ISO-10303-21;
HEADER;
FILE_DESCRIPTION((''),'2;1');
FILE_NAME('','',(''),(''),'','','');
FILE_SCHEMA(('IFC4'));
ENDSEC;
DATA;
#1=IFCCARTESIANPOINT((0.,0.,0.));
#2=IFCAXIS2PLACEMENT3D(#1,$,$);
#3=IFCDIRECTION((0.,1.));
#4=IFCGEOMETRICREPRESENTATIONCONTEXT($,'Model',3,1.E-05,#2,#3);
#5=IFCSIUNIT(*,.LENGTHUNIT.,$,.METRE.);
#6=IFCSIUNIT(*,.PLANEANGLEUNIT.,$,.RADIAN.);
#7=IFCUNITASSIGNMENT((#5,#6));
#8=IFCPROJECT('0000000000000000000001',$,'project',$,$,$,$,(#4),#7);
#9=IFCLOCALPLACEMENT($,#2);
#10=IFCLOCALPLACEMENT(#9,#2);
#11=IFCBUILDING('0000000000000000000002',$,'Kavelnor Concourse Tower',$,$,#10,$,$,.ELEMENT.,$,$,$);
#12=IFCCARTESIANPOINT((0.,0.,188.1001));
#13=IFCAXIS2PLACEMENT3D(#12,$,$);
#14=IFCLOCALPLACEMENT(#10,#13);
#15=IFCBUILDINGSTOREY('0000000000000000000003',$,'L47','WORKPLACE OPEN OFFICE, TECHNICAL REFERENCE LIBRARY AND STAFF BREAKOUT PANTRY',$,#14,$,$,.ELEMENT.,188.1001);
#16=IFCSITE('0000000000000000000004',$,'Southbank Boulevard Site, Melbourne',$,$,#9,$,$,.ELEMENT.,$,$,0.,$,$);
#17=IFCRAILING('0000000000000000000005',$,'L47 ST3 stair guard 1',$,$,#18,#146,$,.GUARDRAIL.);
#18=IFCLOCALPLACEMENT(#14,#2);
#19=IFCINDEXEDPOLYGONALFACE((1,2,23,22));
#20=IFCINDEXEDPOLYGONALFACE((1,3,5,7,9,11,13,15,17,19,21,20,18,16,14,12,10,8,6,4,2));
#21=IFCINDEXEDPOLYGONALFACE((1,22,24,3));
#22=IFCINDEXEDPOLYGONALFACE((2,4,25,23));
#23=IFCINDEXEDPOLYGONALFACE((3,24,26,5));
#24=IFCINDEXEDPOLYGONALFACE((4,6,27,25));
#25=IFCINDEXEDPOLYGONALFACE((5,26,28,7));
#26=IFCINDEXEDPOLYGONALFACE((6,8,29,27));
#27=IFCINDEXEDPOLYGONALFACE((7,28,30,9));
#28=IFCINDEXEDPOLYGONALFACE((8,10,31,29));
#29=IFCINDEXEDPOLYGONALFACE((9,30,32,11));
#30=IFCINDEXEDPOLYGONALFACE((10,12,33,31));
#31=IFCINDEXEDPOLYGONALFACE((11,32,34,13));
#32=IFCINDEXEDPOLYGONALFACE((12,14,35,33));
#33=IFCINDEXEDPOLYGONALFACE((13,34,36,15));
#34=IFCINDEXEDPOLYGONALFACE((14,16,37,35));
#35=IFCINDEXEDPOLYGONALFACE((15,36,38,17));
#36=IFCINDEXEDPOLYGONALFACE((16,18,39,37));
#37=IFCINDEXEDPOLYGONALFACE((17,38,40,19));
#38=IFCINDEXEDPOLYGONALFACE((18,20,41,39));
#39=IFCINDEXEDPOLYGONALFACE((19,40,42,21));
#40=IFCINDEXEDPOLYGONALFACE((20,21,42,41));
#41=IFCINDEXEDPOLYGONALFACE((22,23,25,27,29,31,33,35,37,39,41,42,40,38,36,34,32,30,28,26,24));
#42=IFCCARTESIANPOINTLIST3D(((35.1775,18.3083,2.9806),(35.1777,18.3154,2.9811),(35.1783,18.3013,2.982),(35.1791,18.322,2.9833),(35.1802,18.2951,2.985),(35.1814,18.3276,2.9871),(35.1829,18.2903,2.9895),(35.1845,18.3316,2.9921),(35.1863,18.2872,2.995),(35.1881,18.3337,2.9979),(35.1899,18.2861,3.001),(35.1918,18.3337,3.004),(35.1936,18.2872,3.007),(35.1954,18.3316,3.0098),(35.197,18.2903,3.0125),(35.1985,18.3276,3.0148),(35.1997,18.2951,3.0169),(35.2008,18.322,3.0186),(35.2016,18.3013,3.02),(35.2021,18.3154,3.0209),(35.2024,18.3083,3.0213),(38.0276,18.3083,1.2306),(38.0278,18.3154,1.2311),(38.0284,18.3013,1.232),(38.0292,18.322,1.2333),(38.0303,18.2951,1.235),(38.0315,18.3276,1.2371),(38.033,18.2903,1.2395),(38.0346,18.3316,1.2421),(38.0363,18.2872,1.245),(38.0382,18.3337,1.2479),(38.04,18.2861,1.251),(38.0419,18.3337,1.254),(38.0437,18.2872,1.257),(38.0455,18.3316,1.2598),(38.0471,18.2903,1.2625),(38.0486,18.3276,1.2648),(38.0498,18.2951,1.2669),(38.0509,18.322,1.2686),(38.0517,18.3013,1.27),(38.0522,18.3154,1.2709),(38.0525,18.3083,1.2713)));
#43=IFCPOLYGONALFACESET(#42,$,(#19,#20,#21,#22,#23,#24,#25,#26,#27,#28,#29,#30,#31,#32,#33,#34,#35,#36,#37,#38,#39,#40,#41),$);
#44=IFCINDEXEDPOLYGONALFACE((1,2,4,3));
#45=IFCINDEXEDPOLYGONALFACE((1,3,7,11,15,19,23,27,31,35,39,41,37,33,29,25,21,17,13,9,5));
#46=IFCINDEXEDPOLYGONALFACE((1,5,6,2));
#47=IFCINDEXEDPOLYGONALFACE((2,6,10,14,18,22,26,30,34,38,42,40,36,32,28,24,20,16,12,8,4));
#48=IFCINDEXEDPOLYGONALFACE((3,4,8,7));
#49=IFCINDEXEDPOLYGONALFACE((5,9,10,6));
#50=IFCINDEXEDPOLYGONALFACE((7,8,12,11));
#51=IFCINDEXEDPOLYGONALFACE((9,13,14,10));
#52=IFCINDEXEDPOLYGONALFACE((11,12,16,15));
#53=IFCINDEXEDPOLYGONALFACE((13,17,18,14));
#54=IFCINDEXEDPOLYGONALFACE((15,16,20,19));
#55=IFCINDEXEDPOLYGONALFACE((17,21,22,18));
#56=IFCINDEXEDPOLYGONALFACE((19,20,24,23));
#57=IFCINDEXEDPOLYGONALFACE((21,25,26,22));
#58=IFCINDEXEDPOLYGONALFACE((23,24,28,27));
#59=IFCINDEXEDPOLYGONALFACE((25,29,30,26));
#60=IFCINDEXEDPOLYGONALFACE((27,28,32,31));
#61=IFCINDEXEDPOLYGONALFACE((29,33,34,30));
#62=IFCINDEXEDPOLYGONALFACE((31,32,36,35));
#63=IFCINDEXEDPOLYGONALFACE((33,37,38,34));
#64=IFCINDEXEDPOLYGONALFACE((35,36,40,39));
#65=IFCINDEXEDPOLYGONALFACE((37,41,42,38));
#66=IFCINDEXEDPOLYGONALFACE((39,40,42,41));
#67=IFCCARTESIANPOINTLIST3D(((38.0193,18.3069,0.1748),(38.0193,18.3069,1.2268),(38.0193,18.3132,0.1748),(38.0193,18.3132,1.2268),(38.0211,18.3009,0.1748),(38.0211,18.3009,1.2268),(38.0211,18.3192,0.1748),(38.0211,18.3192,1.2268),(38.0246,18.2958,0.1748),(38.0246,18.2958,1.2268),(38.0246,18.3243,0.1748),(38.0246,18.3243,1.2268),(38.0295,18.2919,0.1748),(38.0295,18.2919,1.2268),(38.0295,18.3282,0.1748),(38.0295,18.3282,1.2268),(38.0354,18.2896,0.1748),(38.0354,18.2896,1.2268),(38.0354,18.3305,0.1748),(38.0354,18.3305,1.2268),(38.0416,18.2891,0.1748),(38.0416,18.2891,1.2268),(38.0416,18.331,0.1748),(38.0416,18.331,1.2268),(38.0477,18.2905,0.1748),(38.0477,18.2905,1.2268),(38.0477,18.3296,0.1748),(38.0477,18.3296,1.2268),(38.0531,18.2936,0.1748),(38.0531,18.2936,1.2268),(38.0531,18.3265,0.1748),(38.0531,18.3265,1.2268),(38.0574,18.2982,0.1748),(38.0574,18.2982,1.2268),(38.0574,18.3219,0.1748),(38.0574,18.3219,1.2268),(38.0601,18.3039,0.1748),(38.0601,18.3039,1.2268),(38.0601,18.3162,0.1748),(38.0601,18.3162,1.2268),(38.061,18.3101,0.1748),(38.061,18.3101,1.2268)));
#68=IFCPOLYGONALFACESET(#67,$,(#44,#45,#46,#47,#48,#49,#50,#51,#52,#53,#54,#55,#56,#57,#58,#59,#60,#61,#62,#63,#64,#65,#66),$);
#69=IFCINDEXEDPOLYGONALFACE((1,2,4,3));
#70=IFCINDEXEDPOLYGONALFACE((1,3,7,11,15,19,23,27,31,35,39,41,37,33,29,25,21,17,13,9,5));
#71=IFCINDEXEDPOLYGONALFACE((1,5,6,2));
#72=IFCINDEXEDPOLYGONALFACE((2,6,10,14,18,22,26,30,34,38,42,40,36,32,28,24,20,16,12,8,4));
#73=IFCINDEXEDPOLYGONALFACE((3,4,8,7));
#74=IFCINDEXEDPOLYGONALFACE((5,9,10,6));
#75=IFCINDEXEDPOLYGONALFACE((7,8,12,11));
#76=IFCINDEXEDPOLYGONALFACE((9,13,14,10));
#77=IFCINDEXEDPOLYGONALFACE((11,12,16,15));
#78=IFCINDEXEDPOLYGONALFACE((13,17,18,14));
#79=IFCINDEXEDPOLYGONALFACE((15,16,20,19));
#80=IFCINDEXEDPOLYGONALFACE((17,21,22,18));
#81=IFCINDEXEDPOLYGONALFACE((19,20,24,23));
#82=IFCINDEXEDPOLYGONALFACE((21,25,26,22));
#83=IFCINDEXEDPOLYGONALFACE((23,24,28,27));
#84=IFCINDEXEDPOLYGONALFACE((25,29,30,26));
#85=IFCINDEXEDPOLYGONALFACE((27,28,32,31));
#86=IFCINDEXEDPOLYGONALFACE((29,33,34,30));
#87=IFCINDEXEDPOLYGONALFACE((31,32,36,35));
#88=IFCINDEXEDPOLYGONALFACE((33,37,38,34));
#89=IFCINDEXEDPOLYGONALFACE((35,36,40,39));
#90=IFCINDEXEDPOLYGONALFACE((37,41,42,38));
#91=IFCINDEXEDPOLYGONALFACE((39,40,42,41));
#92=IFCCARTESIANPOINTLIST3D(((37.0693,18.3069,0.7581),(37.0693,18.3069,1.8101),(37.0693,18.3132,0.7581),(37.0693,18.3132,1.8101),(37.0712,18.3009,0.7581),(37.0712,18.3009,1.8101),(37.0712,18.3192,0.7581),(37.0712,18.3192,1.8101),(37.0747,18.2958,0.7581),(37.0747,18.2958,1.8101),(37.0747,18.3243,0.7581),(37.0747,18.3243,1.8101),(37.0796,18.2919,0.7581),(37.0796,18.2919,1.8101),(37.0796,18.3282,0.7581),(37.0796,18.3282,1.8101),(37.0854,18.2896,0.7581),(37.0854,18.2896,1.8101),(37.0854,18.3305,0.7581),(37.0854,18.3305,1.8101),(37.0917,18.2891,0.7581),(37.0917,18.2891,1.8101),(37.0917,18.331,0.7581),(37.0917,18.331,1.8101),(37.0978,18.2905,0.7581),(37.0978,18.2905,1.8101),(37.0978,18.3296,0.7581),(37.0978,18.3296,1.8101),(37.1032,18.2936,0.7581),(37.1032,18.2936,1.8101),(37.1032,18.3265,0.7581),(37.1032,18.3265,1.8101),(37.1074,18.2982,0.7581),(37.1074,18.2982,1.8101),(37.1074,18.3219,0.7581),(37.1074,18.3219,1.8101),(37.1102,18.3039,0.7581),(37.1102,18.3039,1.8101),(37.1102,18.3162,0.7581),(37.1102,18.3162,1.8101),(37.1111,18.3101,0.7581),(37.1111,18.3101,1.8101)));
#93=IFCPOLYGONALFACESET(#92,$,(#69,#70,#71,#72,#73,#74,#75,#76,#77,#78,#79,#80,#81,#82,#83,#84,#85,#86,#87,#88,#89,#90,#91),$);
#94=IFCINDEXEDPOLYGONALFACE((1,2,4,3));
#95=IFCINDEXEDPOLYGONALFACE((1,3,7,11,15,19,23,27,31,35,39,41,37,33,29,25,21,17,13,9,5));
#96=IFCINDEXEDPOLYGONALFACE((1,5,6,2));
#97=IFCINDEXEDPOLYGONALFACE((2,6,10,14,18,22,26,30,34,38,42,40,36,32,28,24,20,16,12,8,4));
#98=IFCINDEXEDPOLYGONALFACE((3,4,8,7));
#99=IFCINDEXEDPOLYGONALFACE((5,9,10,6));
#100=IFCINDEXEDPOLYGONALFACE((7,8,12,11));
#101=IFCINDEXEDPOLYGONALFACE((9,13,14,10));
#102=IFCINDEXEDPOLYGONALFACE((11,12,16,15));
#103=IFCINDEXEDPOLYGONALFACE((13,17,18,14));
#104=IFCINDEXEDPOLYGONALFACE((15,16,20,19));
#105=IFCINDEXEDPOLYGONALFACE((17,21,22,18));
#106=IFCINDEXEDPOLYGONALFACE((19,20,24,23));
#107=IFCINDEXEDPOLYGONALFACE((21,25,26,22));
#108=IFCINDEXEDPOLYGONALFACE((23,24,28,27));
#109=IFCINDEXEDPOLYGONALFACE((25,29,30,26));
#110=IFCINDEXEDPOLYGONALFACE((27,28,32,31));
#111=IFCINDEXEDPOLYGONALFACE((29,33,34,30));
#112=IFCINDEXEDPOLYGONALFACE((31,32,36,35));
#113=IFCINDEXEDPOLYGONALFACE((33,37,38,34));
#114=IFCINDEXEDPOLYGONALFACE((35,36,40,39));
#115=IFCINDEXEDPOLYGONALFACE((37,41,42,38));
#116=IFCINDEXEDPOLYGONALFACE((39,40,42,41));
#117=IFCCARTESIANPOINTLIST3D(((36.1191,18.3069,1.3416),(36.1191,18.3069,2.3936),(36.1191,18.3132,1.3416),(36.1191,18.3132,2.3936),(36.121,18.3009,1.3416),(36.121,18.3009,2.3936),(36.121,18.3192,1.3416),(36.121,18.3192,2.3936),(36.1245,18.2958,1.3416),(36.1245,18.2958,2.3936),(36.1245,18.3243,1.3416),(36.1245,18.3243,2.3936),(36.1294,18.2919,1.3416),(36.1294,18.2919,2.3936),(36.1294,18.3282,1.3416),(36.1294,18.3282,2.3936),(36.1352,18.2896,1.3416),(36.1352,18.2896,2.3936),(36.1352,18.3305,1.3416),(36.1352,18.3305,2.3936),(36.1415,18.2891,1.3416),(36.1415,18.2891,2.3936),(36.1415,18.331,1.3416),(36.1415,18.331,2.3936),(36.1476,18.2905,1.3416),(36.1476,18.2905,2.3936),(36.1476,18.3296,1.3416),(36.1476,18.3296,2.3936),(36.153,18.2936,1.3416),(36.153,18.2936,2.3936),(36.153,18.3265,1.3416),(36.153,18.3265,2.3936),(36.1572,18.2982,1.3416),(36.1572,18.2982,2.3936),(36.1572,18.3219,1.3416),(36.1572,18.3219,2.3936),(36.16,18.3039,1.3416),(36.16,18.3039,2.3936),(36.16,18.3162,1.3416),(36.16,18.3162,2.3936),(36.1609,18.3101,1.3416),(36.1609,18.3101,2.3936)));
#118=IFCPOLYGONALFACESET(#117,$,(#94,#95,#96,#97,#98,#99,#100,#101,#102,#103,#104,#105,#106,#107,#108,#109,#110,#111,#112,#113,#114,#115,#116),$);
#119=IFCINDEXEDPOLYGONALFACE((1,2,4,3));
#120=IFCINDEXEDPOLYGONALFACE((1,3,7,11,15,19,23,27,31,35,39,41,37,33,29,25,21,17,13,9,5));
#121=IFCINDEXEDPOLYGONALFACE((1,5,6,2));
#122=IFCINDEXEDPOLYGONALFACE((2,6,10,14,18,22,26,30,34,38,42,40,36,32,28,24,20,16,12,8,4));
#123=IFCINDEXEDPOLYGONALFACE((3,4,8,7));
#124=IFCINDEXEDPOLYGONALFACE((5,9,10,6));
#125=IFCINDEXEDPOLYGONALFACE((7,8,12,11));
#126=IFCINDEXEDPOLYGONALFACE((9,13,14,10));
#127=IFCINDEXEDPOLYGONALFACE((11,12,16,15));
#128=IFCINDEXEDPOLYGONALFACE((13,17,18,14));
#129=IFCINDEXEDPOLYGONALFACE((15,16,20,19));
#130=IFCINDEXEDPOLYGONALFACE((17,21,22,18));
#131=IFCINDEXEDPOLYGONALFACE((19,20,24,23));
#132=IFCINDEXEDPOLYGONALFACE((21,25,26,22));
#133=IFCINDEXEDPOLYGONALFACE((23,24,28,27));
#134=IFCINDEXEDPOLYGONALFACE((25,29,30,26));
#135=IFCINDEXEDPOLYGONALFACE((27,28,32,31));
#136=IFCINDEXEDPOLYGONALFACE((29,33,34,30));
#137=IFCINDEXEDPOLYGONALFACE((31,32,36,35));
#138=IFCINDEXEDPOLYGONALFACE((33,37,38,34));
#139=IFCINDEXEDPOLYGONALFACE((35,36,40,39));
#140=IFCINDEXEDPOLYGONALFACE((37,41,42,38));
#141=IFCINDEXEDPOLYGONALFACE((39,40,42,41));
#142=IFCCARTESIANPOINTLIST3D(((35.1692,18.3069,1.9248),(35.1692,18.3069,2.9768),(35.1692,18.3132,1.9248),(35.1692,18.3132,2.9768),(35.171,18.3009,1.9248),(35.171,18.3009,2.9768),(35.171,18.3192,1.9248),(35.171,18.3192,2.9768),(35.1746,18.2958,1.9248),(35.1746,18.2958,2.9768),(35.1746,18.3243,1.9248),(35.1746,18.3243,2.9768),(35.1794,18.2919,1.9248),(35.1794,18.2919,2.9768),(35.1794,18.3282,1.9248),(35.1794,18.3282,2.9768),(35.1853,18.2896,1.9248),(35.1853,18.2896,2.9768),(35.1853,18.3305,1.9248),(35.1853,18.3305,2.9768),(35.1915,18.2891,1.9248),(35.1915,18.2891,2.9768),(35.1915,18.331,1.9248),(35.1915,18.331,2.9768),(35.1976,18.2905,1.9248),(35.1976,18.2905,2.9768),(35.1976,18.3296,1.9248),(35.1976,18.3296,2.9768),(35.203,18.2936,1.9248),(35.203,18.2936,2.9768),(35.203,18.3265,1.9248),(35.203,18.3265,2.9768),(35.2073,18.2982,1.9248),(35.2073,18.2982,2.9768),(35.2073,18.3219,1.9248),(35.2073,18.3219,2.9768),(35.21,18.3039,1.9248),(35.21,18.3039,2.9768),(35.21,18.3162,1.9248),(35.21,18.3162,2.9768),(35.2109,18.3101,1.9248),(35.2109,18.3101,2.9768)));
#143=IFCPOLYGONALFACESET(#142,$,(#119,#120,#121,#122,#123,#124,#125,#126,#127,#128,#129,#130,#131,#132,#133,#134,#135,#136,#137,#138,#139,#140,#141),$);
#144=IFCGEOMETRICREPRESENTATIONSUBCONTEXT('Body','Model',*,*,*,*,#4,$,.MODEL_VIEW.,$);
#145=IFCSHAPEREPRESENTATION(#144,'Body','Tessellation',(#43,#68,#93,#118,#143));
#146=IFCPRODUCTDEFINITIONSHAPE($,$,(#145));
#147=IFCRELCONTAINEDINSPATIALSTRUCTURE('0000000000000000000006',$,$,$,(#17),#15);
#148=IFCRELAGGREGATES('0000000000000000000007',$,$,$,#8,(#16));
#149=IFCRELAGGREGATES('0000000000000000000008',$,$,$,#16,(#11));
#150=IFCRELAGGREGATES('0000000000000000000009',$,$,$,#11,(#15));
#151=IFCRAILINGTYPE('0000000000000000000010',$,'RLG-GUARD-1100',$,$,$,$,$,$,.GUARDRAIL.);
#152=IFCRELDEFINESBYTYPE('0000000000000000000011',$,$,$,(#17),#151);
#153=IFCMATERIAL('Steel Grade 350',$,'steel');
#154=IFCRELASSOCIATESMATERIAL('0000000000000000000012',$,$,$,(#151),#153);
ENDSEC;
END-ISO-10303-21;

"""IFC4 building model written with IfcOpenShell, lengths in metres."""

from ifc_helpers import new_model, si_unit, direction, frame, origin, origin_2d, place, context, subcontext, project, spatial, circle, extrude, material, type_object, element, save


model = new_model("IFC4")

# Units and contexts
model_context = context("Model", 3, precision=1e-05, world=origin(), true_north=direction((0.0, 1.0)))
body_context = subcontext(model_context, "Body", "Model", "MODEL_VIEW")
ifc_project = project(units=[si_unit("LENGTHUNIT", "METRE"), si_unit("PLANEANGLEUNIT", "RADIAN")], contexts=[model_context])

# Site, building, storey
site_placement = place(None, origin())
site = spatial("IfcSite", under=ifc_project, at=site_placement, Name="Southbank Boulevard Site, Melbourne", CompositionType="ELEMENT", RefElevation=0.0)
building_placement = place(site_placement, origin())
building = spatial("IfcBuilding", under=site, at=building_placement, Name="Kavelnor Concourse Tower", CompositionType="ELEMENT")
storey_placement = place(building_placement, frame((0.0, 0.0, 188.1001)))
storey = spatial("IfcBuildingStorey", under=building, at=storey_placement, Name="L47", Description="WORKPLACE OPEN OFFICE, TECHNICAL REFERENCE LIBRARY AND STAFF BREAKOUT PANTRY", CompositionType="ELEMENT", Elevation=188.1001)

# Shared definitions
ifc_material_1 = material(Name="Steel Grade 350", Category="steel")

# Railing
railing_type_1 = type_object("IfcRailingType", Name="RLG-GUARD-1100", PredefinedType="GUARDRAIL", material=ifc_material_1)
railing_1_placement = place(storey_placement, frame((38.04, 18.3101, 0.1748)))
element("IfcRailing", 1, at=railing_1_placement, inside=storey, type_object=railing_type_1, Name="L47 ST3 stair guard 1", PredefinedType="GUARDRAIL", context=body_context, shape_type="SweptSolid", body=[
    extrude(circle(Radius=0.0239, at=origin_2d()), frame((0.0, 0.0, 1.0762), z_axis=(-0.852179, 0.0, 0.52325), x_axis=(0.0, -1.0, 0.0)), (0.0, 0.0, 1.0), 3.3445),
    extrude(circle(Radius=0.021, at=origin_2d()), origin(), (0.0, 0.0, 1.0), 1.052),
    extrude(circle(Radius=0.021, at=origin_2d()), frame((-0.95, 0.0, 0.5833)), (0.0, 0.0, 1.0), 1.052),
    extrude(circle(Radius=0.021, at=origin_2d()), frame((-1.9001, 0.0, 1.1667)), (0.0, 0.0, 1.0), 1.052),
    extrude(circle(Radius=0.021, at=origin_2d()), frame((-2.8501, 0.0, 1.75)), (0.0, 0.0, 1.0), 1.052),
])

save(model, "model.ifc")
